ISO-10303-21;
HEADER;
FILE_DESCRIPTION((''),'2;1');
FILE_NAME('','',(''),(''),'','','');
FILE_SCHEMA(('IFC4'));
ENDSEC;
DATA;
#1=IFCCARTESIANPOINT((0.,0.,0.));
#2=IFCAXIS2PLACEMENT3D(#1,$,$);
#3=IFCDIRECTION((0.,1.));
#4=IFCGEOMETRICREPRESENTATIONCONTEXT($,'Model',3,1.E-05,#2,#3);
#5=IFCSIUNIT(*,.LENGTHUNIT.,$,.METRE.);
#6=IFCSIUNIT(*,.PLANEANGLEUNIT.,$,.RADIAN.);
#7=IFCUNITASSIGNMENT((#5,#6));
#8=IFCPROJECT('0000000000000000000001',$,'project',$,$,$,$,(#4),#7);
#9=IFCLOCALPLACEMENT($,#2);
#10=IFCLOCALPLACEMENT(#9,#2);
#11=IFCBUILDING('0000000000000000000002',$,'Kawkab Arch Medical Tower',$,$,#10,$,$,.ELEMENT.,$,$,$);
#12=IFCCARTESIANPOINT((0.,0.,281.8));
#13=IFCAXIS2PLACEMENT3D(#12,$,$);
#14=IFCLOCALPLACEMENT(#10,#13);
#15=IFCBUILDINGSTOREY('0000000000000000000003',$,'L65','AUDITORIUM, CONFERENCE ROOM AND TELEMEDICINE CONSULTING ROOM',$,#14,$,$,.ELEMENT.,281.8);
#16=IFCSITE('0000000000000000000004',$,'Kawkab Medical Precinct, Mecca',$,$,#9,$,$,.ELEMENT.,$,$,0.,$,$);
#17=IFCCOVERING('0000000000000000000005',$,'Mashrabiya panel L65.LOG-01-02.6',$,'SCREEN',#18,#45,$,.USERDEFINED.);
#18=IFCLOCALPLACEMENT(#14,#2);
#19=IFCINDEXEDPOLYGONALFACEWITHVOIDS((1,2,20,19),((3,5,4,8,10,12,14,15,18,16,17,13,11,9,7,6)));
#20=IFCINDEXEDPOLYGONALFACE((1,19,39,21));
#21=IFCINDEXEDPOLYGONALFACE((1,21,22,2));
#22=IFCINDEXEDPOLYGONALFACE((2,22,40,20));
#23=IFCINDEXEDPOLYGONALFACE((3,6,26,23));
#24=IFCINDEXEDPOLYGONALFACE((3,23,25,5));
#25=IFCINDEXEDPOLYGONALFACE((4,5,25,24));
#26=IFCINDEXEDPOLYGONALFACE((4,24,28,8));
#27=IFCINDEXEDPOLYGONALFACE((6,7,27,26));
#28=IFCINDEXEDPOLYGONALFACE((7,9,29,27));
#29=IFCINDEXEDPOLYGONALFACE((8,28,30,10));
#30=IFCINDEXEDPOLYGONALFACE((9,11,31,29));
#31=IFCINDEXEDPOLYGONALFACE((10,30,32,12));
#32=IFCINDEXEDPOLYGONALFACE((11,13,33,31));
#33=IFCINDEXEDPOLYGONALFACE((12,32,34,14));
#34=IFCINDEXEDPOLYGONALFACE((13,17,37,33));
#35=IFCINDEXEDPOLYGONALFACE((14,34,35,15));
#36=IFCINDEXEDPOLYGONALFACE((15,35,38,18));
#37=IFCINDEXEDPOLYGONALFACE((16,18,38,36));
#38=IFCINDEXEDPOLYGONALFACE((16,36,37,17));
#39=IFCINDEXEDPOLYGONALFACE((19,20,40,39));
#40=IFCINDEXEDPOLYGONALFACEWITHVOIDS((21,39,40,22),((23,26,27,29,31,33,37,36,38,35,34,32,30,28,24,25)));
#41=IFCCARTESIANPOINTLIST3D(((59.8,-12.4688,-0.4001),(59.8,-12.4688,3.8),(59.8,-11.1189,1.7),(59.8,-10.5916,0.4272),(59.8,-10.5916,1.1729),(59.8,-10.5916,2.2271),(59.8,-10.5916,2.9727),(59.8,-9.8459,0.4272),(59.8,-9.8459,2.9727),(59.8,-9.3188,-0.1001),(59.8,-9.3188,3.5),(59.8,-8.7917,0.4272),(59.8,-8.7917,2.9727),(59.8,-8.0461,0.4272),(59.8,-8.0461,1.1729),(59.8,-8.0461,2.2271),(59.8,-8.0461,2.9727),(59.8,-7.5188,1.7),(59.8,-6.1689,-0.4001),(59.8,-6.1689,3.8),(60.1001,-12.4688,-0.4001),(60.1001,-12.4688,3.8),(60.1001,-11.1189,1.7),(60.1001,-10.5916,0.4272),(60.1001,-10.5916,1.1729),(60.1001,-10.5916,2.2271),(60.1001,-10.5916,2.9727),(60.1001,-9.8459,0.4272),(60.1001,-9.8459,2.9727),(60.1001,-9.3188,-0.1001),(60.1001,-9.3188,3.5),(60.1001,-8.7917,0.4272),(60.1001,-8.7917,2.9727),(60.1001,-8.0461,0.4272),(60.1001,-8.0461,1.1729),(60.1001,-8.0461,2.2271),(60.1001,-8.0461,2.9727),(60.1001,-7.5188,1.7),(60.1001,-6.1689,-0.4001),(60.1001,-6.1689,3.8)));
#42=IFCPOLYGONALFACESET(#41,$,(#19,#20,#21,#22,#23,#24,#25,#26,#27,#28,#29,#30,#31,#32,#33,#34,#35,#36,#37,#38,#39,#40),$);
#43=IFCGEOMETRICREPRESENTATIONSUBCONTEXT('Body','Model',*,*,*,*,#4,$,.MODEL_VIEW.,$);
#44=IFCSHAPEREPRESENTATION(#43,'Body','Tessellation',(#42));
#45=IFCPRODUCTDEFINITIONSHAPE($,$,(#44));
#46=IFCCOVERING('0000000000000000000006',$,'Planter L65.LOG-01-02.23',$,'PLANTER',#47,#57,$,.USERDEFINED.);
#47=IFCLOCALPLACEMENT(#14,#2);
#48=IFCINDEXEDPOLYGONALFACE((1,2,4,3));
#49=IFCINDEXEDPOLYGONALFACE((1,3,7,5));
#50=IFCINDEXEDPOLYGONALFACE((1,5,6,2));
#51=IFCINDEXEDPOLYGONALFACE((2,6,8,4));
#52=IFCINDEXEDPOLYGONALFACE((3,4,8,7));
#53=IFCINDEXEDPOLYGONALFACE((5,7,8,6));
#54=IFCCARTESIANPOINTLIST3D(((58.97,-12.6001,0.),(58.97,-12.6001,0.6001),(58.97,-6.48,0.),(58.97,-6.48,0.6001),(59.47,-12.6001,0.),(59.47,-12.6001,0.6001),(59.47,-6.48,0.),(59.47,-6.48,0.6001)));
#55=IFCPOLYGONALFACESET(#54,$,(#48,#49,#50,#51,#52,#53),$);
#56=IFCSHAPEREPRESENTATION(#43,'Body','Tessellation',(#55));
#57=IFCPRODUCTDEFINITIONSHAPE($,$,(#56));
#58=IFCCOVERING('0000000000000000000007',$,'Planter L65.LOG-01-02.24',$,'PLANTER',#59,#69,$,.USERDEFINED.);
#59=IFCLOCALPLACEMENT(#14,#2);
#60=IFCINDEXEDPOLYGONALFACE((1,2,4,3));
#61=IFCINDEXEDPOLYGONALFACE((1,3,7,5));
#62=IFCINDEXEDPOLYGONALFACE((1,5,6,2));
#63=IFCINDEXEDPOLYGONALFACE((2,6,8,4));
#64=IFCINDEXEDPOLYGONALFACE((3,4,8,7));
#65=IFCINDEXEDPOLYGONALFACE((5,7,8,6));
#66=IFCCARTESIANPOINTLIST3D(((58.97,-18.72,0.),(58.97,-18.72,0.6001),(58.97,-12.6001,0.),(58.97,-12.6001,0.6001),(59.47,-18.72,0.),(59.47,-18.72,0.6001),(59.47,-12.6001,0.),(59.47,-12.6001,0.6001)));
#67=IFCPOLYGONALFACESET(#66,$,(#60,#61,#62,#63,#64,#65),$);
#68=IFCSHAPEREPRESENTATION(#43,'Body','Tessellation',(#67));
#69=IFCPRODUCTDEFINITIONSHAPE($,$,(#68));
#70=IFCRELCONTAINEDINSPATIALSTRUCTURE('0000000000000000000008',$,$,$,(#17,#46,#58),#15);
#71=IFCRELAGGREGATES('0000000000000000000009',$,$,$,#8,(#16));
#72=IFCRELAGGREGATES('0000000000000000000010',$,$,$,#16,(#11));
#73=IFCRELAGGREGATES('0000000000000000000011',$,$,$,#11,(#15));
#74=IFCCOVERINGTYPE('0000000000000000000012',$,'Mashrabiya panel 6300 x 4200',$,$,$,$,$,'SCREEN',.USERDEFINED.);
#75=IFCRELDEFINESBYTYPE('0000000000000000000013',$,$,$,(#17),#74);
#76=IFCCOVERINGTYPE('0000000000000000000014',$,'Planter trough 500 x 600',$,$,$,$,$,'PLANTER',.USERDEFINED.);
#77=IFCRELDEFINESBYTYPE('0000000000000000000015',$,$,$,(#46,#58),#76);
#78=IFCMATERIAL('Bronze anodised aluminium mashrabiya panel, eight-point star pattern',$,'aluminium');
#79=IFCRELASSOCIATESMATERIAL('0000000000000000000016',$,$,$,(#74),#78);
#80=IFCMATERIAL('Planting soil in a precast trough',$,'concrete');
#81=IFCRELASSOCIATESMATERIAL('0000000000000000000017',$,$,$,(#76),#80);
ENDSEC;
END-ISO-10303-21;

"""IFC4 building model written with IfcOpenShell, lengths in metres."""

from ifc_helpers import new_model, si_unit, direction, frame, origin, origin_2d, place, context, subcontext, project, spatial, polyline, rectangle, outline, extrude, material, material_profile, profile_set, type_object, element, save


model = new_model("IFC4")

# Units and contexts
model_context = context("Model", 3, precision=1e-05, world=origin(), true_north=direction((0.0, 1.0)))
body_context = subcontext(model_context, "Body", "Model", "MODEL_VIEW")
ifc_project = project(units=[si_unit("LENGTHUNIT", "METRE"), si_unit("PLANEANGLEUNIT", "RADIAN")], contexts=[model_context])

# Site, building, storey
site_placement = place(None, origin())
site = spatial("IfcSite", under=ifc_project, at=site_placement, Name="Kawkab Medical Precinct, Mecca", CompositionType="ELEMENT", RefElevation=0.0)
building_placement = place(site_placement, origin())
building = spatial("IfcBuilding", under=site, at=building_placement, Name="Kawkab Arch Medical Tower", CompositionType="ELEMENT")
storey_placement = place(building_placement, frame((0.0, 0.0, 281.8)))
storey = spatial("IfcBuildingStorey", under=building, at=storey_placement, Name="L65", Description="AUDITORIUM, CONFERENCE ROOM AND TELEMEDICINE CONSULTING ROOM", CompositionType="ELEMENT", Elevation=281.8)

# Coverings
ifc_material_1 = material(Name="Bronze anodised aluminium mashrabiya panel, eight-point star pattern", Category="aluminium")
ifc_material_profile_1 = material_profile(ifc_material_1, outline(polyline([(-3.1499, -2.1001), (3.1499, -2.1001), (3.1499, 2.1001), (-3.1499, 2.1001), (-3.1499, -2.1001)]), holes=[polyline([(1.8, 0.0), (1.2727, 0.5271), (1.2727, 1.2727), (0.5271, 1.2727), (0.0, 1.8), (-0.5271, 1.2727), (-1.2727, 1.2727), (-1.2727, 0.5271), (-1.8, 0.0), (-1.2727, -0.5271), (-1.2727, -1.2727), (-0.5271, -1.2727), (0.0, -1.8), (0.5271, -1.2727), (1.2727, -1.2727), (1.2727, -0.5271), (1.8, 0.0)])]), Name="Mashrabiya panel 6300x4200")
ifc_profile_set_1 = profile_set([ifc_material_profile_1], Name="Bronze anodised aluminium mashrabiya panel, eight-point star pattern")
covering_type_1 = type_object("IfcCoveringType", Name="Mashrabiya panel 6300 x 4200", ElementType="SCREEN", PredefinedType="USERDEFINED", material=ifc_profile_set_1)
covering_1_placement = place(storey_placement, frame((59.8, -9.3188, 1.7), z_axis=(1.0, 0.0, 0.0), x_axis=(0.0, 1.0, 0.0)))
element("IfcCovering", 1, at=covering_1_placement, inside=storey, type_object=covering_type_1, Name="Mashrabiya panel L65.LOG-01-02.6", ObjectType="SCREEN", PredefinedType="USERDEFINED", context=body_context, shape_type="SweptSolid", body=[
    extrude(outline(polyline([(-3.1499, -2.1001), (3.1499, -2.1001), (3.1499, 2.1001), (-3.1499, 2.1001), (-3.1499, -2.1001)]), holes=[polyline([(1.8, 0.0), (1.2727, 0.5271), (1.2727, 1.2727), (0.5271, 1.2727), (0.0, 1.8), (-0.5271, 1.2727), (-1.2727, 1.2727), (-1.2727, 0.5271), (-1.8, 0.0), (-1.2727, -0.5271), (-1.2727, -1.2727), (-0.5271, -1.2727), (0.0, -1.8), (0.5271, -1.2727), (1.2727, -1.2727), (1.2727, -0.5271), (1.8, 0.0)])]), origin(), (0.0, 0.0, 1.0), 0.3),
])
ifc_material_2 = material(Name="Planting soil in a precast trough", Category="concrete")
ifc_material_profile_2 = material_profile(ifc_material_2, rectangle(XDim=0.5, YDim=0.6001, at=origin_2d()), Name="Trough 500x600")
ifc_profile_set_2 = profile_set([ifc_material_profile_2], Name="Planting soil in a precast trough")
covering_type_2 = type_object("IfcCoveringType", Name="Planter trough 500 x 600", ElementType="PLANTER", PredefinedType="USERDEFINED", material=ifc_profile_set_2)
covering_2_placement = place(storey_placement, frame((59.22, -6.48, 0.3), z_axis=(0.0, -1.0, 0.0), x_axis=(1.0, 0.0, 0.0)))
element("IfcCovering", 2, at=covering_2_placement, inside=storey, type_object=covering_type_2, Name="Planter L65.LOG-01-02.23", ObjectType="PLANTER", PredefinedType="USERDEFINED", context=body_context, shape_type="SweptSolid", body=[
    extrude(rectangle(XDim=0.5, YDim=0.6001, at=origin_2d()), origin(), (0.0, 0.0, 1.0), 6.1201),
])
covering_3_placement = place(storey_placement, frame((59.22, -12.6001, 0.3), z_axis=(0.0, -1.0, 0.0), x_axis=(1.0, 0.0, 0.0)))
element("IfcCovering", 3, at=covering_3_placement, inside=storey, type_object=covering_type_2, Name="Planter L65.LOG-01-02.24", ObjectType="PLANTER", PredefinedType="USERDEFINED", context=body_context, shape_type="SweptSolid", body=[
    extrude(rectangle(XDim=0.5, YDim=0.6001, at=origin_2d()), origin(), (0.0, 0.0, 1.0), 6.1199),
])

save(model, "model.ifc")
